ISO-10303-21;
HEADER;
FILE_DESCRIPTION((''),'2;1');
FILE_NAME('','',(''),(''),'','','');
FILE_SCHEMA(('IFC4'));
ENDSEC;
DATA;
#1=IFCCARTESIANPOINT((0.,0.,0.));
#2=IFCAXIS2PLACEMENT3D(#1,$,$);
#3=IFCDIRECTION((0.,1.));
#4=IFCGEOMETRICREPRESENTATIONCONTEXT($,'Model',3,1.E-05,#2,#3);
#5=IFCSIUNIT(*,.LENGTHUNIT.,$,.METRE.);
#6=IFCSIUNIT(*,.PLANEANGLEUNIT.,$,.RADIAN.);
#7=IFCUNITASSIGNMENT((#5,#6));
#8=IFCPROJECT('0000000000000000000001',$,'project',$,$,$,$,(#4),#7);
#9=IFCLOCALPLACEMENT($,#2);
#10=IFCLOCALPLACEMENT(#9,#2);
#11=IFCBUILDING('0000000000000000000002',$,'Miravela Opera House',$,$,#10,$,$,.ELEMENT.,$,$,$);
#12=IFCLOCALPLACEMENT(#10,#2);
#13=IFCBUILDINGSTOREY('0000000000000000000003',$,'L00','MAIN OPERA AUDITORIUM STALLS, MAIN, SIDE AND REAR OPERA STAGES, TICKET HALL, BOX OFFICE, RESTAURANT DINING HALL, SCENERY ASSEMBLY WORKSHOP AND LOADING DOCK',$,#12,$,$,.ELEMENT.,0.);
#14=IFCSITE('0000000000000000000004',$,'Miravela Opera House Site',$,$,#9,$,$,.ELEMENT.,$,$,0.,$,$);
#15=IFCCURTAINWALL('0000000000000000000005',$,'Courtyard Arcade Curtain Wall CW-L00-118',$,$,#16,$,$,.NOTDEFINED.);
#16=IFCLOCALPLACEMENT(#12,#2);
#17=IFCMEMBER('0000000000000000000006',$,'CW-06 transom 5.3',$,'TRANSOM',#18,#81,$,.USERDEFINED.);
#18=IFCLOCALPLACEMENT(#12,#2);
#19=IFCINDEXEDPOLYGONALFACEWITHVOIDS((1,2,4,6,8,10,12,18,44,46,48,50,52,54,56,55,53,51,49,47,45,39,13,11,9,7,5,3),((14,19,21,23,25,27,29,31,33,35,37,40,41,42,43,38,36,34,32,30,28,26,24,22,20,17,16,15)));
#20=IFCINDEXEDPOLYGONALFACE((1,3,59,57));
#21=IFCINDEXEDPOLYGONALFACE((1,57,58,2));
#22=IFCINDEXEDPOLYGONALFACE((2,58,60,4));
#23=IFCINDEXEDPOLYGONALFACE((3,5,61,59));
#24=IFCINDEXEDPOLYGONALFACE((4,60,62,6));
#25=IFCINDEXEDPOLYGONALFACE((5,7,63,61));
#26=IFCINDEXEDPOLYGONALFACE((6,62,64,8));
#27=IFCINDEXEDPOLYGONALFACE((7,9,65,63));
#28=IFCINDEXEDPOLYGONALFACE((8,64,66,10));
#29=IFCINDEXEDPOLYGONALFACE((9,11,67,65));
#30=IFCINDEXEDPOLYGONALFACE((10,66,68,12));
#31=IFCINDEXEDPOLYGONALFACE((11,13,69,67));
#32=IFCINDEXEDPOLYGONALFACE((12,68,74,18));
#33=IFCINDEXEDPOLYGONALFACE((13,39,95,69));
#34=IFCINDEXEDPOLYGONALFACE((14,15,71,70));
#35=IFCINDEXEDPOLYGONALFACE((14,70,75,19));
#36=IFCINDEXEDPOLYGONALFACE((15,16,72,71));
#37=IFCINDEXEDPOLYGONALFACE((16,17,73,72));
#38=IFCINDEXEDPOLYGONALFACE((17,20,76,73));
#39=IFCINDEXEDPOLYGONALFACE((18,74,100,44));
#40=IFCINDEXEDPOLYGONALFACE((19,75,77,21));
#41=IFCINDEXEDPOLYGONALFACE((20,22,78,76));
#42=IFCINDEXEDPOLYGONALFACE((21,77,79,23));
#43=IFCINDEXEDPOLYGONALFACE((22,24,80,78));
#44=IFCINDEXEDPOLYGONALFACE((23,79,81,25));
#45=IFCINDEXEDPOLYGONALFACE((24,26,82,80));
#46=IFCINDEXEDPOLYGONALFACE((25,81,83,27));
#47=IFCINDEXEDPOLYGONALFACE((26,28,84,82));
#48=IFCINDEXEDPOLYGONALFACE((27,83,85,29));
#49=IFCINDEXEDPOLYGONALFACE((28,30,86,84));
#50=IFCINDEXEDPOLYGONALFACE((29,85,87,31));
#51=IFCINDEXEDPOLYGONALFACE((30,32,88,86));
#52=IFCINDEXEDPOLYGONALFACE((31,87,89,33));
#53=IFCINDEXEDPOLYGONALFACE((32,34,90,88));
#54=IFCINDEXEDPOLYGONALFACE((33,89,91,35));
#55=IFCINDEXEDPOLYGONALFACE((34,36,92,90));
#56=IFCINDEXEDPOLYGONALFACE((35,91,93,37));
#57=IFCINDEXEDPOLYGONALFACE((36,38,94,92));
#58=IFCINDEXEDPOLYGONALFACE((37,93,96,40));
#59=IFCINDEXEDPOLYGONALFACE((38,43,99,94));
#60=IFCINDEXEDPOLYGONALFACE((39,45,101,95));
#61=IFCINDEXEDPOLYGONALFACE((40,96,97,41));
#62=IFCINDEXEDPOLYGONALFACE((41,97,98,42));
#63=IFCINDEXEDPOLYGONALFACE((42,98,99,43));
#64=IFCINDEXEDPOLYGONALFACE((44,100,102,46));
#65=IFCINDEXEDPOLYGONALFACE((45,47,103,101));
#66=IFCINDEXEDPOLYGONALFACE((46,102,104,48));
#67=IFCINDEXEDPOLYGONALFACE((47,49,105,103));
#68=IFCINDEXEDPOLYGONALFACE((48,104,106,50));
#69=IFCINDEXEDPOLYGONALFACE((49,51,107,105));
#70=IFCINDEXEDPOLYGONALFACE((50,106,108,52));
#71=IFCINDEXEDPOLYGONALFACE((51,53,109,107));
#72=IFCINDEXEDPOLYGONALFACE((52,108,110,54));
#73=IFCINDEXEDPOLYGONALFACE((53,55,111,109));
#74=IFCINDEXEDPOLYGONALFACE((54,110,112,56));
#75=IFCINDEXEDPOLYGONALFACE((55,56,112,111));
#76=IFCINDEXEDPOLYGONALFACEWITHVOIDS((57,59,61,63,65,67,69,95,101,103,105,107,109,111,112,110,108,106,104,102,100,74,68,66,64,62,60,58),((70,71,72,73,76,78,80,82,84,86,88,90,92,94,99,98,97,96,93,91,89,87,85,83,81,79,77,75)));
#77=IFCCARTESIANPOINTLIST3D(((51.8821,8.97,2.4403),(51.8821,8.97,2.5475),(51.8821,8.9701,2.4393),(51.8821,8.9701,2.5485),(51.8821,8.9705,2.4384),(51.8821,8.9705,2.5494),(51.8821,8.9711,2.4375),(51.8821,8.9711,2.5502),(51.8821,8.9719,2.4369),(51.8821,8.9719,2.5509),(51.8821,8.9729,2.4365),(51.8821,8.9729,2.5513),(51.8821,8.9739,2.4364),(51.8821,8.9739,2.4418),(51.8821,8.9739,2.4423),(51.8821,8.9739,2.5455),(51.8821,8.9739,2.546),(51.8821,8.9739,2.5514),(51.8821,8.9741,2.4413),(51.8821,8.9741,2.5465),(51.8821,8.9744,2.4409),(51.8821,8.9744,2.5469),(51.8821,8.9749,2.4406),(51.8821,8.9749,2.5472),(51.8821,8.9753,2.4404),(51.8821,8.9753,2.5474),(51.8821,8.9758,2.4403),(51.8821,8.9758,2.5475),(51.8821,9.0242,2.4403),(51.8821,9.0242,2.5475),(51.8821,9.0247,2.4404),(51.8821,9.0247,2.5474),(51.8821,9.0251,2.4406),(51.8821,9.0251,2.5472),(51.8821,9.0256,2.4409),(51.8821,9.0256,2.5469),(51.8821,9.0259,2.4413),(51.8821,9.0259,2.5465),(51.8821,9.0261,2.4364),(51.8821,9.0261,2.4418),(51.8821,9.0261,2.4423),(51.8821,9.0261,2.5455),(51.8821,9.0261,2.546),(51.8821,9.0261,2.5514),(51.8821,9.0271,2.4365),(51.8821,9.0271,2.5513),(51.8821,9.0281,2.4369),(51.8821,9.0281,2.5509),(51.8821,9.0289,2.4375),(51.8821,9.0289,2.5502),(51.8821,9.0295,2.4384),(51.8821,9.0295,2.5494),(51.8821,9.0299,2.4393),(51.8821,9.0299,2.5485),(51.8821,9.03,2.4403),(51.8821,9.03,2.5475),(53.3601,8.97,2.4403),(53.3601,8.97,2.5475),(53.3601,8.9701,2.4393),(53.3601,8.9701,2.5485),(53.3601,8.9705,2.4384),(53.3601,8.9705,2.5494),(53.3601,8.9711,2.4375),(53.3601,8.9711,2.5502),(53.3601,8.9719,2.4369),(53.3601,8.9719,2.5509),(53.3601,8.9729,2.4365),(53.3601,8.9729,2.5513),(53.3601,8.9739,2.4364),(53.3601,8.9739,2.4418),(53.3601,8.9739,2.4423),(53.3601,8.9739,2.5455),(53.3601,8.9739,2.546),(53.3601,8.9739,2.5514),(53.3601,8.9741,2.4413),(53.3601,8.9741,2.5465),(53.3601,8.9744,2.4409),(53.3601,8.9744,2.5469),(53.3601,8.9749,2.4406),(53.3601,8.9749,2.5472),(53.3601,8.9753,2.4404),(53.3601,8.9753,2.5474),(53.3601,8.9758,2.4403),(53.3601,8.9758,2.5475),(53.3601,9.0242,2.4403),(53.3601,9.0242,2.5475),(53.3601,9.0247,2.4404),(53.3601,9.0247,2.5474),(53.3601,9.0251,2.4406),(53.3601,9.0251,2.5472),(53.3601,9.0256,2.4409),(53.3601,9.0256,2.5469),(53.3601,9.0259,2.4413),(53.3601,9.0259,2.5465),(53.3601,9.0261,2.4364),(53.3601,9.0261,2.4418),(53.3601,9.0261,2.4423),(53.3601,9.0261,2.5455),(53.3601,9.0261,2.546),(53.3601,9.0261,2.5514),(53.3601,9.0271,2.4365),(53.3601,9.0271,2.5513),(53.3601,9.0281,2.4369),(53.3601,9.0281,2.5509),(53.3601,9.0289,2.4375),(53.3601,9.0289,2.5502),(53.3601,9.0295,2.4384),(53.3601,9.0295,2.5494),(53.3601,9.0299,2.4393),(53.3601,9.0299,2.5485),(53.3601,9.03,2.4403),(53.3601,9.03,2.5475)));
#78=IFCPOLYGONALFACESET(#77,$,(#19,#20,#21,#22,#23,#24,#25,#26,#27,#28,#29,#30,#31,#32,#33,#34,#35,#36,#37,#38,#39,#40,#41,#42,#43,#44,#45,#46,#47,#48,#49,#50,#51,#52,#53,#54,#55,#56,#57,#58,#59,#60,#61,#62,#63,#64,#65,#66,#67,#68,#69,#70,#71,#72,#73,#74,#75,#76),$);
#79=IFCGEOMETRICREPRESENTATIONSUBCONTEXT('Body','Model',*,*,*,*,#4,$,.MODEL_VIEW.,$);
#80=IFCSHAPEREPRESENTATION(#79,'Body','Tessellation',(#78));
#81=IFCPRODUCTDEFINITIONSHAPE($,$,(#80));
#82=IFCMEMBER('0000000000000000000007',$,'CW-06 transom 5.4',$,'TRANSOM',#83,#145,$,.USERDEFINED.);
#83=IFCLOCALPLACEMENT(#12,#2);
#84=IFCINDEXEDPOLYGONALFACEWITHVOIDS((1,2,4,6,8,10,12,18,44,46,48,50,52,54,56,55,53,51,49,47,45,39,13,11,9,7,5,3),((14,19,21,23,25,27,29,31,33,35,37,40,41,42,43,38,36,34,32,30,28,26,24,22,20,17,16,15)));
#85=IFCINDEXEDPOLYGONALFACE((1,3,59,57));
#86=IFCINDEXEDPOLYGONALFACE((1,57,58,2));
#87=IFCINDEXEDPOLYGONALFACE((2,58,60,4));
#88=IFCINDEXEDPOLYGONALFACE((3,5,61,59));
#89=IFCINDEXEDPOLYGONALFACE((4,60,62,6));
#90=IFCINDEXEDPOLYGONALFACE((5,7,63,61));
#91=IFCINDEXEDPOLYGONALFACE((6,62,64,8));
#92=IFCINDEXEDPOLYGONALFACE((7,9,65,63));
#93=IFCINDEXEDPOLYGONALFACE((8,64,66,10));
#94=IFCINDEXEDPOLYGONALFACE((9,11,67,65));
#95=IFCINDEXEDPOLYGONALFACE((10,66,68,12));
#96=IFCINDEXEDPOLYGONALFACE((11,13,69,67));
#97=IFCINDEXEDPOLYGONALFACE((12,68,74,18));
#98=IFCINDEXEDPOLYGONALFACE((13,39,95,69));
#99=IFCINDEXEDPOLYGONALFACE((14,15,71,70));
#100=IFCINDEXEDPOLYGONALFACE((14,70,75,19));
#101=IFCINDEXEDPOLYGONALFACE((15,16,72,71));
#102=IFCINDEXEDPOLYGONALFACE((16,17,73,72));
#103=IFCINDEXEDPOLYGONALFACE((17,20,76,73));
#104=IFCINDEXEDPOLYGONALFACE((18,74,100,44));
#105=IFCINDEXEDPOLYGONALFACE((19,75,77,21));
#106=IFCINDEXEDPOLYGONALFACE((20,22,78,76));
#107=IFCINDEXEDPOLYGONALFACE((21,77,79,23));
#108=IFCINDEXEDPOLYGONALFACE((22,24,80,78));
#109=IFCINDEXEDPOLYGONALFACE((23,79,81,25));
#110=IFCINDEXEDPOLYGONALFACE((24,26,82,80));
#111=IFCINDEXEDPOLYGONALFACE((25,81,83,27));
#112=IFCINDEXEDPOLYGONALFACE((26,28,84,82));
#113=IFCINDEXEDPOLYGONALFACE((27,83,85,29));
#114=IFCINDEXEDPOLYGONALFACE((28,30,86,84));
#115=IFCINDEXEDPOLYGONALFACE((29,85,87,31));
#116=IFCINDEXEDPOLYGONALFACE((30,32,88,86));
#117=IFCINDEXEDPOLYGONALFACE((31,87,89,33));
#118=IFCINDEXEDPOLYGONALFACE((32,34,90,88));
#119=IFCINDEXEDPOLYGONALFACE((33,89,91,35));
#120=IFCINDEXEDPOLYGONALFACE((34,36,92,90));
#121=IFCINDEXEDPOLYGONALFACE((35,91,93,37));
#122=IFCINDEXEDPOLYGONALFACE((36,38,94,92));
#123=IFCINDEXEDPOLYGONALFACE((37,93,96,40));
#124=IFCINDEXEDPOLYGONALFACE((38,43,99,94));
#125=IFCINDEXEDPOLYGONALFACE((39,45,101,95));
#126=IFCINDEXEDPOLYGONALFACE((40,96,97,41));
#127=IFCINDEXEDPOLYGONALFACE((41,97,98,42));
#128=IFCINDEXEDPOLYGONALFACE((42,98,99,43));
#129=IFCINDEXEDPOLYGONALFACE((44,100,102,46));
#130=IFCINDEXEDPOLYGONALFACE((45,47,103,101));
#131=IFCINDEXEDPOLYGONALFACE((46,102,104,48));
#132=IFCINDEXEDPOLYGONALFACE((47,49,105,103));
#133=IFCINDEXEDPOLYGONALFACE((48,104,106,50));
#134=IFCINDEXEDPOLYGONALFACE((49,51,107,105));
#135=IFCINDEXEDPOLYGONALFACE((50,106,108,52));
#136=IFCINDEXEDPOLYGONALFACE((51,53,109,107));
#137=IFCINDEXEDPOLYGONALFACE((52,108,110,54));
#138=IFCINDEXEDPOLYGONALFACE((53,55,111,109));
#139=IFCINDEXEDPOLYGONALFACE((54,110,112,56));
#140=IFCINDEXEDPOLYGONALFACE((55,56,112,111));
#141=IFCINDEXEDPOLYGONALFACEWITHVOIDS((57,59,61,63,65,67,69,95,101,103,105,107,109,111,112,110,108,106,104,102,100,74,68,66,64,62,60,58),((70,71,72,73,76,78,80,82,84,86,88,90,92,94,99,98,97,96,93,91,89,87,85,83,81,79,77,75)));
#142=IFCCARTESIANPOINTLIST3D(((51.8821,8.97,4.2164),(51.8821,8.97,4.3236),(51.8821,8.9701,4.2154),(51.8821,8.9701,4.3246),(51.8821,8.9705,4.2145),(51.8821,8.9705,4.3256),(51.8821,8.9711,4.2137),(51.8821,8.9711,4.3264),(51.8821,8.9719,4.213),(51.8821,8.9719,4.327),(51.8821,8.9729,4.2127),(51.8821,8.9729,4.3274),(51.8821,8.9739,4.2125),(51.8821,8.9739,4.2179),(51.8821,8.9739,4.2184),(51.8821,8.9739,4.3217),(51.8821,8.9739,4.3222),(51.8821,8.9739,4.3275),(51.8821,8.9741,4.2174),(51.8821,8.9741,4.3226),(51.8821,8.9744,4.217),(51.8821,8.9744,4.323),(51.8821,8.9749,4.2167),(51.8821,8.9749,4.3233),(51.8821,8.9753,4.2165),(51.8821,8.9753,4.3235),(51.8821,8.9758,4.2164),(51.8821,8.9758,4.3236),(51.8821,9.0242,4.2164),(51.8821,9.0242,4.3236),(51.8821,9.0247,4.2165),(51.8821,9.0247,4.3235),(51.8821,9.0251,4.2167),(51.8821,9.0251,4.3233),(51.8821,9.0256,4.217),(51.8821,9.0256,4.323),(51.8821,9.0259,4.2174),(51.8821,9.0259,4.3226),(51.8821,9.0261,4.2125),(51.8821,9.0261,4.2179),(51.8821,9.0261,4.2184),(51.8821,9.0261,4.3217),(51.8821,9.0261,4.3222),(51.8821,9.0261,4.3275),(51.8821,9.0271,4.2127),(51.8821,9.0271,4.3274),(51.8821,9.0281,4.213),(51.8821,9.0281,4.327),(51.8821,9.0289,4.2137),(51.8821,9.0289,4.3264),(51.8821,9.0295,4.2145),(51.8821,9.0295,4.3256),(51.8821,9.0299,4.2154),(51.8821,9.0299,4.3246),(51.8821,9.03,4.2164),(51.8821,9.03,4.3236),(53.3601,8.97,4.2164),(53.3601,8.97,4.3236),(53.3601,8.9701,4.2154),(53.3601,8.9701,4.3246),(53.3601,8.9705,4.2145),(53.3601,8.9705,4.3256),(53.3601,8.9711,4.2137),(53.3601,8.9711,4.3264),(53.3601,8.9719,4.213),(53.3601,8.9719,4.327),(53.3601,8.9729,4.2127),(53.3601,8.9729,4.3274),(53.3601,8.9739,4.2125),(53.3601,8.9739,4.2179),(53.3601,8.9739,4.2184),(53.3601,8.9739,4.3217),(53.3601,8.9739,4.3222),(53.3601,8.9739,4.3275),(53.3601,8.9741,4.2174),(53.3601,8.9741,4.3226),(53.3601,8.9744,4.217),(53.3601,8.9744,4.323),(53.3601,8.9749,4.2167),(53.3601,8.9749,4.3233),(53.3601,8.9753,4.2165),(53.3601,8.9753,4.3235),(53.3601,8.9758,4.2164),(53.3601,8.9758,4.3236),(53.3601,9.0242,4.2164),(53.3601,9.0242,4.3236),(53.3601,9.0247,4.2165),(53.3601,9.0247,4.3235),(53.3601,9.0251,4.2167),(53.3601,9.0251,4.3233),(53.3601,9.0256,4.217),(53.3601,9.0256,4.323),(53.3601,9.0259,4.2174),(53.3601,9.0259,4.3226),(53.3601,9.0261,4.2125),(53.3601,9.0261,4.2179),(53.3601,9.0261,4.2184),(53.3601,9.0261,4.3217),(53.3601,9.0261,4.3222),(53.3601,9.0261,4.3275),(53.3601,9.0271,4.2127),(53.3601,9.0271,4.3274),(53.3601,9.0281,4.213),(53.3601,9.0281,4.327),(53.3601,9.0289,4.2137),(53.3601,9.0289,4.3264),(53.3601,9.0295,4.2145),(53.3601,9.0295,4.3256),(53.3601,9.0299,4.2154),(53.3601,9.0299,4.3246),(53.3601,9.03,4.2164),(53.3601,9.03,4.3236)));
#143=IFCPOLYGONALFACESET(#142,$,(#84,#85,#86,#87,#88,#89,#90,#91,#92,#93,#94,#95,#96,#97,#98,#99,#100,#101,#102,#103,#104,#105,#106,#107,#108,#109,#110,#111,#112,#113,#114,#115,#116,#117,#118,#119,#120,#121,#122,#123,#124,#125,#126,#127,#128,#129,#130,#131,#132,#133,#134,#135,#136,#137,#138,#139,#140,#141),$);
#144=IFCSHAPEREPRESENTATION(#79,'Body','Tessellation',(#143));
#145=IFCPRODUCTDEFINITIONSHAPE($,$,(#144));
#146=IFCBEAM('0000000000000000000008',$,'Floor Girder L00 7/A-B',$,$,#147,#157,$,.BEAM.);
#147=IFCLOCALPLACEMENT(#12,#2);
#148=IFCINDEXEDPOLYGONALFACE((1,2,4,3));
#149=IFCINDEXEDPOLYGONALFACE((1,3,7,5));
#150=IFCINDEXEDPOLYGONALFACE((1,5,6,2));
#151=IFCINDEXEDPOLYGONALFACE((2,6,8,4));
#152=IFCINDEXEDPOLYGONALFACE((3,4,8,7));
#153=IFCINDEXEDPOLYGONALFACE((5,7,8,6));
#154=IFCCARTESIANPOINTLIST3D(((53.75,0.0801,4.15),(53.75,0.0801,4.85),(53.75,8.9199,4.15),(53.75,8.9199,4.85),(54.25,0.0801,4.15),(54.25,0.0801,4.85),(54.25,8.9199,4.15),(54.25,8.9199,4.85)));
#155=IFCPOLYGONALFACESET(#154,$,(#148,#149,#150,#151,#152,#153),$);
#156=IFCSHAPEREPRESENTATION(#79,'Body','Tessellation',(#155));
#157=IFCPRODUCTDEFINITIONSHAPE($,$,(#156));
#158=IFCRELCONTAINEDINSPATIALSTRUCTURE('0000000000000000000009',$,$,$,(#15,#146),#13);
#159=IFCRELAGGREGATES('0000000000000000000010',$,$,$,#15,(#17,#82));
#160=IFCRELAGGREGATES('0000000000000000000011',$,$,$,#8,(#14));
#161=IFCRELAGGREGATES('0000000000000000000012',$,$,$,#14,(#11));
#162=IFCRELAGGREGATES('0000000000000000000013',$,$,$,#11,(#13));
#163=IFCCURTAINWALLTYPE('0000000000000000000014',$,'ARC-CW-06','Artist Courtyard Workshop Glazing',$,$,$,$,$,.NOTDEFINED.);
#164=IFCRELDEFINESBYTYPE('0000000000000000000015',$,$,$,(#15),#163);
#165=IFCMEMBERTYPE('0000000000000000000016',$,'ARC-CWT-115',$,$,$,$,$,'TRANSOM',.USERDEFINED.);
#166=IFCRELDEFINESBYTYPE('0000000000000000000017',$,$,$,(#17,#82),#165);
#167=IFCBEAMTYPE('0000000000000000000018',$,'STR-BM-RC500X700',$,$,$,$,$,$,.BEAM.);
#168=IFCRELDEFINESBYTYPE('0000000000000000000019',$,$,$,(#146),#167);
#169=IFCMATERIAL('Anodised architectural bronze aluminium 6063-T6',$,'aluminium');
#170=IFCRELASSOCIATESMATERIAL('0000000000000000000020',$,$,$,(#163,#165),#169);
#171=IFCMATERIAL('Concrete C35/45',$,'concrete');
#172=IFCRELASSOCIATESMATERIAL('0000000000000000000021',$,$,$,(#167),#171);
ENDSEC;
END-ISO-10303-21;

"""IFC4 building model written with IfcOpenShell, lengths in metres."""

from ifc_helpers import new_model, si_unit, direction, frame, origin, origin_2d, place, context, subcontext, project, spatial, rectangle, hollow_rectangle, extrude, material, material_profile, profile_set, type_object, element, aggregate, save


model = new_model("IFC4")

# Units and contexts
model_context = context("Model", 3, precision=1e-05, world=origin(), true_north=direction((0.0, 1.0)))
body_context = subcontext(model_context, "Body", "Model", "MODEL_VIEW")
ifc_project = project(units=[si_unit("LENGTHUNIT", "METRE"), si_unit("PLANEANGLEUNIT", "RADIAN")], contexts=[model_context])

# Site, building, storey
site_placement = place(None, origin())
site = spatial("IfcSite", under=ifc_project, at=site_placement, Name="Miravela Opera House Site", CompositionType="ELEMENT", RefElevation=0.0)
building_placement = place(site_placement, origin())
building = spatial("IfcBuilding", under=site, at=building_placement, Name="Miravela Opera House", CompositionType="ELEMENT")
storey_placement = place(building_placement, origin())
storey = spatial("IfcBuildingStorey", under=building, at=storey_placement, Name="L00", Description="MAIN OPERA AUDITORIUM STALLS, MAIN, SIDE AND REAR OPERA STAGES, TICKET HALL, BOX OFFICE, RESTAURANT DINING HALL, SCENERY ASSEMBLY WORKSHOP AND LOADING DOCK", CompositionType="ELEMENT", Elevation=0.0)

# Shared definitions
ifc_material_1 = material(Name="Concrete C35/45", Category="concrete")

# Curtain wall, members
ifc_material_2 = material(Name="Anodised architectural bronze aluminium 6063-T6", Category="aluminium")
curtain_wall_type = type_object("IfcCurtainWallType", Name="ARC-CW-06", Description="Artist Courtyard Workshop Glazing", PredefinedType="NOTDEFINED", material=ifc_material_2)
curtain_wall_placement = place(storey_placement, origin())
curtain_wall = element("IfcCurtainWall", 1, at=curtain_wall_placement, inside=storey, type_object=curtain_wall_type, Name="Courtyard Arcade Curtain Wall CW-L00-118", PredefinedType="NOTDEFINED")
ifc_material_profile_1 = material_profile(ifc_material_2, hollow_rectangle(XDim=0.0601, YDim=0.115, WallThickness=0.0039, InnerFilletRadius=0.002, OuterFilletRadius=0.0039, at=origin_2d()), Name="CWT-60X115")
ifc_profile_set_1 = profile_set([ifc_material_profile_1])
member_type_1 = type_object("IfcMemberType", Name="ARC-CWT-115", ElementType="TRANSOM", PredefinedType="USERDEFINED", material=ifc_profile_set_1)
member_1_placement = place(storey_placement, frame((51.8821, 9.0, 2.4939), z_axis=(1.0, 0.0, 0.0), x_axis=(0.0, 1.0, 0.0)))
member_1 = element("IfcMember", 2, at=member_1_placement, type_object=member_type_1, Name="CW-06 transom 5.3", ObjectType="TRANSOM", PredefinedType="USERDEFINED", context=body_context, shape_type="SweptSolid", body=[
    extrude(hollow_rectangle(XDim=0.0601, YDim=0.115, WallThickness=0.0039, InnerFilletRadius=0.002, OuterFilletRadius=0.0039, at=origin_2d()), origin(), (0.0, 0.0, 1.0), 1.478),
])
member_2_placement = place(storey_placement, frame((51.8821, 9.0, 4.27), z_axis=(1.0, 0.0, 0.0), x_axis=(0.0, 1.0, 0.0)))
member_2 = element("IfcMember", 3, at=member_2_placement, type_object=member_type_1, Name="CW-06 transom 5.4", ObjectType="TRANSOM", PredefinedType="USERDEFINED", context=body_context, shape_type="SweptSolid", body=[
    extrude(hollow_rectangle(XDim=0.0601, YDim=0.115, WallThickness=0.0039, InnerFilletRadius=0.002, OuterFilletRadius=0.0039, at=origin_2d()), origin(), (0.0, 0.0, 1.0), 1.478),
])

# Beam
ifc_material_profile_2 = material_profile(ifc_material_1, rectangle(XDim=0.5, YDim=0.7, at=origin_2d()), Name="RC-BM-500X700")
ifc_profile_set_2 = profile_set([ifc_material_profile_2])
beam_type_1 = type_object("IfcBeamType", Name="STR-BM-RC500X700", PredefinedType="BEAM", material=ifc_profile_set_2)
beam_1_placement = place(storey_placement, frame((54.0, 0.0801, 4.5), z_axis=(0.0, 1.0, 0.0), x_axis=(-1.0, 0.0, 0.0)))
element("IfcBeam", 4, at=beam_1_placement, inside=storey, type_object=beam_type_1, Name="Floor Girder L00 7/A-B", PredefinedType="BEAM", context=body_context, shape_type="SweptSolid", body=[
    extrude(rectangle(XDim=0.5, YDim=0.7, at=origin_2d()), origin(), (0.0, 0.0, 1.0), 8.8398),
])

aggregate(curtain_wall, [member_1, member_2])

save(model, "model.ifc")
